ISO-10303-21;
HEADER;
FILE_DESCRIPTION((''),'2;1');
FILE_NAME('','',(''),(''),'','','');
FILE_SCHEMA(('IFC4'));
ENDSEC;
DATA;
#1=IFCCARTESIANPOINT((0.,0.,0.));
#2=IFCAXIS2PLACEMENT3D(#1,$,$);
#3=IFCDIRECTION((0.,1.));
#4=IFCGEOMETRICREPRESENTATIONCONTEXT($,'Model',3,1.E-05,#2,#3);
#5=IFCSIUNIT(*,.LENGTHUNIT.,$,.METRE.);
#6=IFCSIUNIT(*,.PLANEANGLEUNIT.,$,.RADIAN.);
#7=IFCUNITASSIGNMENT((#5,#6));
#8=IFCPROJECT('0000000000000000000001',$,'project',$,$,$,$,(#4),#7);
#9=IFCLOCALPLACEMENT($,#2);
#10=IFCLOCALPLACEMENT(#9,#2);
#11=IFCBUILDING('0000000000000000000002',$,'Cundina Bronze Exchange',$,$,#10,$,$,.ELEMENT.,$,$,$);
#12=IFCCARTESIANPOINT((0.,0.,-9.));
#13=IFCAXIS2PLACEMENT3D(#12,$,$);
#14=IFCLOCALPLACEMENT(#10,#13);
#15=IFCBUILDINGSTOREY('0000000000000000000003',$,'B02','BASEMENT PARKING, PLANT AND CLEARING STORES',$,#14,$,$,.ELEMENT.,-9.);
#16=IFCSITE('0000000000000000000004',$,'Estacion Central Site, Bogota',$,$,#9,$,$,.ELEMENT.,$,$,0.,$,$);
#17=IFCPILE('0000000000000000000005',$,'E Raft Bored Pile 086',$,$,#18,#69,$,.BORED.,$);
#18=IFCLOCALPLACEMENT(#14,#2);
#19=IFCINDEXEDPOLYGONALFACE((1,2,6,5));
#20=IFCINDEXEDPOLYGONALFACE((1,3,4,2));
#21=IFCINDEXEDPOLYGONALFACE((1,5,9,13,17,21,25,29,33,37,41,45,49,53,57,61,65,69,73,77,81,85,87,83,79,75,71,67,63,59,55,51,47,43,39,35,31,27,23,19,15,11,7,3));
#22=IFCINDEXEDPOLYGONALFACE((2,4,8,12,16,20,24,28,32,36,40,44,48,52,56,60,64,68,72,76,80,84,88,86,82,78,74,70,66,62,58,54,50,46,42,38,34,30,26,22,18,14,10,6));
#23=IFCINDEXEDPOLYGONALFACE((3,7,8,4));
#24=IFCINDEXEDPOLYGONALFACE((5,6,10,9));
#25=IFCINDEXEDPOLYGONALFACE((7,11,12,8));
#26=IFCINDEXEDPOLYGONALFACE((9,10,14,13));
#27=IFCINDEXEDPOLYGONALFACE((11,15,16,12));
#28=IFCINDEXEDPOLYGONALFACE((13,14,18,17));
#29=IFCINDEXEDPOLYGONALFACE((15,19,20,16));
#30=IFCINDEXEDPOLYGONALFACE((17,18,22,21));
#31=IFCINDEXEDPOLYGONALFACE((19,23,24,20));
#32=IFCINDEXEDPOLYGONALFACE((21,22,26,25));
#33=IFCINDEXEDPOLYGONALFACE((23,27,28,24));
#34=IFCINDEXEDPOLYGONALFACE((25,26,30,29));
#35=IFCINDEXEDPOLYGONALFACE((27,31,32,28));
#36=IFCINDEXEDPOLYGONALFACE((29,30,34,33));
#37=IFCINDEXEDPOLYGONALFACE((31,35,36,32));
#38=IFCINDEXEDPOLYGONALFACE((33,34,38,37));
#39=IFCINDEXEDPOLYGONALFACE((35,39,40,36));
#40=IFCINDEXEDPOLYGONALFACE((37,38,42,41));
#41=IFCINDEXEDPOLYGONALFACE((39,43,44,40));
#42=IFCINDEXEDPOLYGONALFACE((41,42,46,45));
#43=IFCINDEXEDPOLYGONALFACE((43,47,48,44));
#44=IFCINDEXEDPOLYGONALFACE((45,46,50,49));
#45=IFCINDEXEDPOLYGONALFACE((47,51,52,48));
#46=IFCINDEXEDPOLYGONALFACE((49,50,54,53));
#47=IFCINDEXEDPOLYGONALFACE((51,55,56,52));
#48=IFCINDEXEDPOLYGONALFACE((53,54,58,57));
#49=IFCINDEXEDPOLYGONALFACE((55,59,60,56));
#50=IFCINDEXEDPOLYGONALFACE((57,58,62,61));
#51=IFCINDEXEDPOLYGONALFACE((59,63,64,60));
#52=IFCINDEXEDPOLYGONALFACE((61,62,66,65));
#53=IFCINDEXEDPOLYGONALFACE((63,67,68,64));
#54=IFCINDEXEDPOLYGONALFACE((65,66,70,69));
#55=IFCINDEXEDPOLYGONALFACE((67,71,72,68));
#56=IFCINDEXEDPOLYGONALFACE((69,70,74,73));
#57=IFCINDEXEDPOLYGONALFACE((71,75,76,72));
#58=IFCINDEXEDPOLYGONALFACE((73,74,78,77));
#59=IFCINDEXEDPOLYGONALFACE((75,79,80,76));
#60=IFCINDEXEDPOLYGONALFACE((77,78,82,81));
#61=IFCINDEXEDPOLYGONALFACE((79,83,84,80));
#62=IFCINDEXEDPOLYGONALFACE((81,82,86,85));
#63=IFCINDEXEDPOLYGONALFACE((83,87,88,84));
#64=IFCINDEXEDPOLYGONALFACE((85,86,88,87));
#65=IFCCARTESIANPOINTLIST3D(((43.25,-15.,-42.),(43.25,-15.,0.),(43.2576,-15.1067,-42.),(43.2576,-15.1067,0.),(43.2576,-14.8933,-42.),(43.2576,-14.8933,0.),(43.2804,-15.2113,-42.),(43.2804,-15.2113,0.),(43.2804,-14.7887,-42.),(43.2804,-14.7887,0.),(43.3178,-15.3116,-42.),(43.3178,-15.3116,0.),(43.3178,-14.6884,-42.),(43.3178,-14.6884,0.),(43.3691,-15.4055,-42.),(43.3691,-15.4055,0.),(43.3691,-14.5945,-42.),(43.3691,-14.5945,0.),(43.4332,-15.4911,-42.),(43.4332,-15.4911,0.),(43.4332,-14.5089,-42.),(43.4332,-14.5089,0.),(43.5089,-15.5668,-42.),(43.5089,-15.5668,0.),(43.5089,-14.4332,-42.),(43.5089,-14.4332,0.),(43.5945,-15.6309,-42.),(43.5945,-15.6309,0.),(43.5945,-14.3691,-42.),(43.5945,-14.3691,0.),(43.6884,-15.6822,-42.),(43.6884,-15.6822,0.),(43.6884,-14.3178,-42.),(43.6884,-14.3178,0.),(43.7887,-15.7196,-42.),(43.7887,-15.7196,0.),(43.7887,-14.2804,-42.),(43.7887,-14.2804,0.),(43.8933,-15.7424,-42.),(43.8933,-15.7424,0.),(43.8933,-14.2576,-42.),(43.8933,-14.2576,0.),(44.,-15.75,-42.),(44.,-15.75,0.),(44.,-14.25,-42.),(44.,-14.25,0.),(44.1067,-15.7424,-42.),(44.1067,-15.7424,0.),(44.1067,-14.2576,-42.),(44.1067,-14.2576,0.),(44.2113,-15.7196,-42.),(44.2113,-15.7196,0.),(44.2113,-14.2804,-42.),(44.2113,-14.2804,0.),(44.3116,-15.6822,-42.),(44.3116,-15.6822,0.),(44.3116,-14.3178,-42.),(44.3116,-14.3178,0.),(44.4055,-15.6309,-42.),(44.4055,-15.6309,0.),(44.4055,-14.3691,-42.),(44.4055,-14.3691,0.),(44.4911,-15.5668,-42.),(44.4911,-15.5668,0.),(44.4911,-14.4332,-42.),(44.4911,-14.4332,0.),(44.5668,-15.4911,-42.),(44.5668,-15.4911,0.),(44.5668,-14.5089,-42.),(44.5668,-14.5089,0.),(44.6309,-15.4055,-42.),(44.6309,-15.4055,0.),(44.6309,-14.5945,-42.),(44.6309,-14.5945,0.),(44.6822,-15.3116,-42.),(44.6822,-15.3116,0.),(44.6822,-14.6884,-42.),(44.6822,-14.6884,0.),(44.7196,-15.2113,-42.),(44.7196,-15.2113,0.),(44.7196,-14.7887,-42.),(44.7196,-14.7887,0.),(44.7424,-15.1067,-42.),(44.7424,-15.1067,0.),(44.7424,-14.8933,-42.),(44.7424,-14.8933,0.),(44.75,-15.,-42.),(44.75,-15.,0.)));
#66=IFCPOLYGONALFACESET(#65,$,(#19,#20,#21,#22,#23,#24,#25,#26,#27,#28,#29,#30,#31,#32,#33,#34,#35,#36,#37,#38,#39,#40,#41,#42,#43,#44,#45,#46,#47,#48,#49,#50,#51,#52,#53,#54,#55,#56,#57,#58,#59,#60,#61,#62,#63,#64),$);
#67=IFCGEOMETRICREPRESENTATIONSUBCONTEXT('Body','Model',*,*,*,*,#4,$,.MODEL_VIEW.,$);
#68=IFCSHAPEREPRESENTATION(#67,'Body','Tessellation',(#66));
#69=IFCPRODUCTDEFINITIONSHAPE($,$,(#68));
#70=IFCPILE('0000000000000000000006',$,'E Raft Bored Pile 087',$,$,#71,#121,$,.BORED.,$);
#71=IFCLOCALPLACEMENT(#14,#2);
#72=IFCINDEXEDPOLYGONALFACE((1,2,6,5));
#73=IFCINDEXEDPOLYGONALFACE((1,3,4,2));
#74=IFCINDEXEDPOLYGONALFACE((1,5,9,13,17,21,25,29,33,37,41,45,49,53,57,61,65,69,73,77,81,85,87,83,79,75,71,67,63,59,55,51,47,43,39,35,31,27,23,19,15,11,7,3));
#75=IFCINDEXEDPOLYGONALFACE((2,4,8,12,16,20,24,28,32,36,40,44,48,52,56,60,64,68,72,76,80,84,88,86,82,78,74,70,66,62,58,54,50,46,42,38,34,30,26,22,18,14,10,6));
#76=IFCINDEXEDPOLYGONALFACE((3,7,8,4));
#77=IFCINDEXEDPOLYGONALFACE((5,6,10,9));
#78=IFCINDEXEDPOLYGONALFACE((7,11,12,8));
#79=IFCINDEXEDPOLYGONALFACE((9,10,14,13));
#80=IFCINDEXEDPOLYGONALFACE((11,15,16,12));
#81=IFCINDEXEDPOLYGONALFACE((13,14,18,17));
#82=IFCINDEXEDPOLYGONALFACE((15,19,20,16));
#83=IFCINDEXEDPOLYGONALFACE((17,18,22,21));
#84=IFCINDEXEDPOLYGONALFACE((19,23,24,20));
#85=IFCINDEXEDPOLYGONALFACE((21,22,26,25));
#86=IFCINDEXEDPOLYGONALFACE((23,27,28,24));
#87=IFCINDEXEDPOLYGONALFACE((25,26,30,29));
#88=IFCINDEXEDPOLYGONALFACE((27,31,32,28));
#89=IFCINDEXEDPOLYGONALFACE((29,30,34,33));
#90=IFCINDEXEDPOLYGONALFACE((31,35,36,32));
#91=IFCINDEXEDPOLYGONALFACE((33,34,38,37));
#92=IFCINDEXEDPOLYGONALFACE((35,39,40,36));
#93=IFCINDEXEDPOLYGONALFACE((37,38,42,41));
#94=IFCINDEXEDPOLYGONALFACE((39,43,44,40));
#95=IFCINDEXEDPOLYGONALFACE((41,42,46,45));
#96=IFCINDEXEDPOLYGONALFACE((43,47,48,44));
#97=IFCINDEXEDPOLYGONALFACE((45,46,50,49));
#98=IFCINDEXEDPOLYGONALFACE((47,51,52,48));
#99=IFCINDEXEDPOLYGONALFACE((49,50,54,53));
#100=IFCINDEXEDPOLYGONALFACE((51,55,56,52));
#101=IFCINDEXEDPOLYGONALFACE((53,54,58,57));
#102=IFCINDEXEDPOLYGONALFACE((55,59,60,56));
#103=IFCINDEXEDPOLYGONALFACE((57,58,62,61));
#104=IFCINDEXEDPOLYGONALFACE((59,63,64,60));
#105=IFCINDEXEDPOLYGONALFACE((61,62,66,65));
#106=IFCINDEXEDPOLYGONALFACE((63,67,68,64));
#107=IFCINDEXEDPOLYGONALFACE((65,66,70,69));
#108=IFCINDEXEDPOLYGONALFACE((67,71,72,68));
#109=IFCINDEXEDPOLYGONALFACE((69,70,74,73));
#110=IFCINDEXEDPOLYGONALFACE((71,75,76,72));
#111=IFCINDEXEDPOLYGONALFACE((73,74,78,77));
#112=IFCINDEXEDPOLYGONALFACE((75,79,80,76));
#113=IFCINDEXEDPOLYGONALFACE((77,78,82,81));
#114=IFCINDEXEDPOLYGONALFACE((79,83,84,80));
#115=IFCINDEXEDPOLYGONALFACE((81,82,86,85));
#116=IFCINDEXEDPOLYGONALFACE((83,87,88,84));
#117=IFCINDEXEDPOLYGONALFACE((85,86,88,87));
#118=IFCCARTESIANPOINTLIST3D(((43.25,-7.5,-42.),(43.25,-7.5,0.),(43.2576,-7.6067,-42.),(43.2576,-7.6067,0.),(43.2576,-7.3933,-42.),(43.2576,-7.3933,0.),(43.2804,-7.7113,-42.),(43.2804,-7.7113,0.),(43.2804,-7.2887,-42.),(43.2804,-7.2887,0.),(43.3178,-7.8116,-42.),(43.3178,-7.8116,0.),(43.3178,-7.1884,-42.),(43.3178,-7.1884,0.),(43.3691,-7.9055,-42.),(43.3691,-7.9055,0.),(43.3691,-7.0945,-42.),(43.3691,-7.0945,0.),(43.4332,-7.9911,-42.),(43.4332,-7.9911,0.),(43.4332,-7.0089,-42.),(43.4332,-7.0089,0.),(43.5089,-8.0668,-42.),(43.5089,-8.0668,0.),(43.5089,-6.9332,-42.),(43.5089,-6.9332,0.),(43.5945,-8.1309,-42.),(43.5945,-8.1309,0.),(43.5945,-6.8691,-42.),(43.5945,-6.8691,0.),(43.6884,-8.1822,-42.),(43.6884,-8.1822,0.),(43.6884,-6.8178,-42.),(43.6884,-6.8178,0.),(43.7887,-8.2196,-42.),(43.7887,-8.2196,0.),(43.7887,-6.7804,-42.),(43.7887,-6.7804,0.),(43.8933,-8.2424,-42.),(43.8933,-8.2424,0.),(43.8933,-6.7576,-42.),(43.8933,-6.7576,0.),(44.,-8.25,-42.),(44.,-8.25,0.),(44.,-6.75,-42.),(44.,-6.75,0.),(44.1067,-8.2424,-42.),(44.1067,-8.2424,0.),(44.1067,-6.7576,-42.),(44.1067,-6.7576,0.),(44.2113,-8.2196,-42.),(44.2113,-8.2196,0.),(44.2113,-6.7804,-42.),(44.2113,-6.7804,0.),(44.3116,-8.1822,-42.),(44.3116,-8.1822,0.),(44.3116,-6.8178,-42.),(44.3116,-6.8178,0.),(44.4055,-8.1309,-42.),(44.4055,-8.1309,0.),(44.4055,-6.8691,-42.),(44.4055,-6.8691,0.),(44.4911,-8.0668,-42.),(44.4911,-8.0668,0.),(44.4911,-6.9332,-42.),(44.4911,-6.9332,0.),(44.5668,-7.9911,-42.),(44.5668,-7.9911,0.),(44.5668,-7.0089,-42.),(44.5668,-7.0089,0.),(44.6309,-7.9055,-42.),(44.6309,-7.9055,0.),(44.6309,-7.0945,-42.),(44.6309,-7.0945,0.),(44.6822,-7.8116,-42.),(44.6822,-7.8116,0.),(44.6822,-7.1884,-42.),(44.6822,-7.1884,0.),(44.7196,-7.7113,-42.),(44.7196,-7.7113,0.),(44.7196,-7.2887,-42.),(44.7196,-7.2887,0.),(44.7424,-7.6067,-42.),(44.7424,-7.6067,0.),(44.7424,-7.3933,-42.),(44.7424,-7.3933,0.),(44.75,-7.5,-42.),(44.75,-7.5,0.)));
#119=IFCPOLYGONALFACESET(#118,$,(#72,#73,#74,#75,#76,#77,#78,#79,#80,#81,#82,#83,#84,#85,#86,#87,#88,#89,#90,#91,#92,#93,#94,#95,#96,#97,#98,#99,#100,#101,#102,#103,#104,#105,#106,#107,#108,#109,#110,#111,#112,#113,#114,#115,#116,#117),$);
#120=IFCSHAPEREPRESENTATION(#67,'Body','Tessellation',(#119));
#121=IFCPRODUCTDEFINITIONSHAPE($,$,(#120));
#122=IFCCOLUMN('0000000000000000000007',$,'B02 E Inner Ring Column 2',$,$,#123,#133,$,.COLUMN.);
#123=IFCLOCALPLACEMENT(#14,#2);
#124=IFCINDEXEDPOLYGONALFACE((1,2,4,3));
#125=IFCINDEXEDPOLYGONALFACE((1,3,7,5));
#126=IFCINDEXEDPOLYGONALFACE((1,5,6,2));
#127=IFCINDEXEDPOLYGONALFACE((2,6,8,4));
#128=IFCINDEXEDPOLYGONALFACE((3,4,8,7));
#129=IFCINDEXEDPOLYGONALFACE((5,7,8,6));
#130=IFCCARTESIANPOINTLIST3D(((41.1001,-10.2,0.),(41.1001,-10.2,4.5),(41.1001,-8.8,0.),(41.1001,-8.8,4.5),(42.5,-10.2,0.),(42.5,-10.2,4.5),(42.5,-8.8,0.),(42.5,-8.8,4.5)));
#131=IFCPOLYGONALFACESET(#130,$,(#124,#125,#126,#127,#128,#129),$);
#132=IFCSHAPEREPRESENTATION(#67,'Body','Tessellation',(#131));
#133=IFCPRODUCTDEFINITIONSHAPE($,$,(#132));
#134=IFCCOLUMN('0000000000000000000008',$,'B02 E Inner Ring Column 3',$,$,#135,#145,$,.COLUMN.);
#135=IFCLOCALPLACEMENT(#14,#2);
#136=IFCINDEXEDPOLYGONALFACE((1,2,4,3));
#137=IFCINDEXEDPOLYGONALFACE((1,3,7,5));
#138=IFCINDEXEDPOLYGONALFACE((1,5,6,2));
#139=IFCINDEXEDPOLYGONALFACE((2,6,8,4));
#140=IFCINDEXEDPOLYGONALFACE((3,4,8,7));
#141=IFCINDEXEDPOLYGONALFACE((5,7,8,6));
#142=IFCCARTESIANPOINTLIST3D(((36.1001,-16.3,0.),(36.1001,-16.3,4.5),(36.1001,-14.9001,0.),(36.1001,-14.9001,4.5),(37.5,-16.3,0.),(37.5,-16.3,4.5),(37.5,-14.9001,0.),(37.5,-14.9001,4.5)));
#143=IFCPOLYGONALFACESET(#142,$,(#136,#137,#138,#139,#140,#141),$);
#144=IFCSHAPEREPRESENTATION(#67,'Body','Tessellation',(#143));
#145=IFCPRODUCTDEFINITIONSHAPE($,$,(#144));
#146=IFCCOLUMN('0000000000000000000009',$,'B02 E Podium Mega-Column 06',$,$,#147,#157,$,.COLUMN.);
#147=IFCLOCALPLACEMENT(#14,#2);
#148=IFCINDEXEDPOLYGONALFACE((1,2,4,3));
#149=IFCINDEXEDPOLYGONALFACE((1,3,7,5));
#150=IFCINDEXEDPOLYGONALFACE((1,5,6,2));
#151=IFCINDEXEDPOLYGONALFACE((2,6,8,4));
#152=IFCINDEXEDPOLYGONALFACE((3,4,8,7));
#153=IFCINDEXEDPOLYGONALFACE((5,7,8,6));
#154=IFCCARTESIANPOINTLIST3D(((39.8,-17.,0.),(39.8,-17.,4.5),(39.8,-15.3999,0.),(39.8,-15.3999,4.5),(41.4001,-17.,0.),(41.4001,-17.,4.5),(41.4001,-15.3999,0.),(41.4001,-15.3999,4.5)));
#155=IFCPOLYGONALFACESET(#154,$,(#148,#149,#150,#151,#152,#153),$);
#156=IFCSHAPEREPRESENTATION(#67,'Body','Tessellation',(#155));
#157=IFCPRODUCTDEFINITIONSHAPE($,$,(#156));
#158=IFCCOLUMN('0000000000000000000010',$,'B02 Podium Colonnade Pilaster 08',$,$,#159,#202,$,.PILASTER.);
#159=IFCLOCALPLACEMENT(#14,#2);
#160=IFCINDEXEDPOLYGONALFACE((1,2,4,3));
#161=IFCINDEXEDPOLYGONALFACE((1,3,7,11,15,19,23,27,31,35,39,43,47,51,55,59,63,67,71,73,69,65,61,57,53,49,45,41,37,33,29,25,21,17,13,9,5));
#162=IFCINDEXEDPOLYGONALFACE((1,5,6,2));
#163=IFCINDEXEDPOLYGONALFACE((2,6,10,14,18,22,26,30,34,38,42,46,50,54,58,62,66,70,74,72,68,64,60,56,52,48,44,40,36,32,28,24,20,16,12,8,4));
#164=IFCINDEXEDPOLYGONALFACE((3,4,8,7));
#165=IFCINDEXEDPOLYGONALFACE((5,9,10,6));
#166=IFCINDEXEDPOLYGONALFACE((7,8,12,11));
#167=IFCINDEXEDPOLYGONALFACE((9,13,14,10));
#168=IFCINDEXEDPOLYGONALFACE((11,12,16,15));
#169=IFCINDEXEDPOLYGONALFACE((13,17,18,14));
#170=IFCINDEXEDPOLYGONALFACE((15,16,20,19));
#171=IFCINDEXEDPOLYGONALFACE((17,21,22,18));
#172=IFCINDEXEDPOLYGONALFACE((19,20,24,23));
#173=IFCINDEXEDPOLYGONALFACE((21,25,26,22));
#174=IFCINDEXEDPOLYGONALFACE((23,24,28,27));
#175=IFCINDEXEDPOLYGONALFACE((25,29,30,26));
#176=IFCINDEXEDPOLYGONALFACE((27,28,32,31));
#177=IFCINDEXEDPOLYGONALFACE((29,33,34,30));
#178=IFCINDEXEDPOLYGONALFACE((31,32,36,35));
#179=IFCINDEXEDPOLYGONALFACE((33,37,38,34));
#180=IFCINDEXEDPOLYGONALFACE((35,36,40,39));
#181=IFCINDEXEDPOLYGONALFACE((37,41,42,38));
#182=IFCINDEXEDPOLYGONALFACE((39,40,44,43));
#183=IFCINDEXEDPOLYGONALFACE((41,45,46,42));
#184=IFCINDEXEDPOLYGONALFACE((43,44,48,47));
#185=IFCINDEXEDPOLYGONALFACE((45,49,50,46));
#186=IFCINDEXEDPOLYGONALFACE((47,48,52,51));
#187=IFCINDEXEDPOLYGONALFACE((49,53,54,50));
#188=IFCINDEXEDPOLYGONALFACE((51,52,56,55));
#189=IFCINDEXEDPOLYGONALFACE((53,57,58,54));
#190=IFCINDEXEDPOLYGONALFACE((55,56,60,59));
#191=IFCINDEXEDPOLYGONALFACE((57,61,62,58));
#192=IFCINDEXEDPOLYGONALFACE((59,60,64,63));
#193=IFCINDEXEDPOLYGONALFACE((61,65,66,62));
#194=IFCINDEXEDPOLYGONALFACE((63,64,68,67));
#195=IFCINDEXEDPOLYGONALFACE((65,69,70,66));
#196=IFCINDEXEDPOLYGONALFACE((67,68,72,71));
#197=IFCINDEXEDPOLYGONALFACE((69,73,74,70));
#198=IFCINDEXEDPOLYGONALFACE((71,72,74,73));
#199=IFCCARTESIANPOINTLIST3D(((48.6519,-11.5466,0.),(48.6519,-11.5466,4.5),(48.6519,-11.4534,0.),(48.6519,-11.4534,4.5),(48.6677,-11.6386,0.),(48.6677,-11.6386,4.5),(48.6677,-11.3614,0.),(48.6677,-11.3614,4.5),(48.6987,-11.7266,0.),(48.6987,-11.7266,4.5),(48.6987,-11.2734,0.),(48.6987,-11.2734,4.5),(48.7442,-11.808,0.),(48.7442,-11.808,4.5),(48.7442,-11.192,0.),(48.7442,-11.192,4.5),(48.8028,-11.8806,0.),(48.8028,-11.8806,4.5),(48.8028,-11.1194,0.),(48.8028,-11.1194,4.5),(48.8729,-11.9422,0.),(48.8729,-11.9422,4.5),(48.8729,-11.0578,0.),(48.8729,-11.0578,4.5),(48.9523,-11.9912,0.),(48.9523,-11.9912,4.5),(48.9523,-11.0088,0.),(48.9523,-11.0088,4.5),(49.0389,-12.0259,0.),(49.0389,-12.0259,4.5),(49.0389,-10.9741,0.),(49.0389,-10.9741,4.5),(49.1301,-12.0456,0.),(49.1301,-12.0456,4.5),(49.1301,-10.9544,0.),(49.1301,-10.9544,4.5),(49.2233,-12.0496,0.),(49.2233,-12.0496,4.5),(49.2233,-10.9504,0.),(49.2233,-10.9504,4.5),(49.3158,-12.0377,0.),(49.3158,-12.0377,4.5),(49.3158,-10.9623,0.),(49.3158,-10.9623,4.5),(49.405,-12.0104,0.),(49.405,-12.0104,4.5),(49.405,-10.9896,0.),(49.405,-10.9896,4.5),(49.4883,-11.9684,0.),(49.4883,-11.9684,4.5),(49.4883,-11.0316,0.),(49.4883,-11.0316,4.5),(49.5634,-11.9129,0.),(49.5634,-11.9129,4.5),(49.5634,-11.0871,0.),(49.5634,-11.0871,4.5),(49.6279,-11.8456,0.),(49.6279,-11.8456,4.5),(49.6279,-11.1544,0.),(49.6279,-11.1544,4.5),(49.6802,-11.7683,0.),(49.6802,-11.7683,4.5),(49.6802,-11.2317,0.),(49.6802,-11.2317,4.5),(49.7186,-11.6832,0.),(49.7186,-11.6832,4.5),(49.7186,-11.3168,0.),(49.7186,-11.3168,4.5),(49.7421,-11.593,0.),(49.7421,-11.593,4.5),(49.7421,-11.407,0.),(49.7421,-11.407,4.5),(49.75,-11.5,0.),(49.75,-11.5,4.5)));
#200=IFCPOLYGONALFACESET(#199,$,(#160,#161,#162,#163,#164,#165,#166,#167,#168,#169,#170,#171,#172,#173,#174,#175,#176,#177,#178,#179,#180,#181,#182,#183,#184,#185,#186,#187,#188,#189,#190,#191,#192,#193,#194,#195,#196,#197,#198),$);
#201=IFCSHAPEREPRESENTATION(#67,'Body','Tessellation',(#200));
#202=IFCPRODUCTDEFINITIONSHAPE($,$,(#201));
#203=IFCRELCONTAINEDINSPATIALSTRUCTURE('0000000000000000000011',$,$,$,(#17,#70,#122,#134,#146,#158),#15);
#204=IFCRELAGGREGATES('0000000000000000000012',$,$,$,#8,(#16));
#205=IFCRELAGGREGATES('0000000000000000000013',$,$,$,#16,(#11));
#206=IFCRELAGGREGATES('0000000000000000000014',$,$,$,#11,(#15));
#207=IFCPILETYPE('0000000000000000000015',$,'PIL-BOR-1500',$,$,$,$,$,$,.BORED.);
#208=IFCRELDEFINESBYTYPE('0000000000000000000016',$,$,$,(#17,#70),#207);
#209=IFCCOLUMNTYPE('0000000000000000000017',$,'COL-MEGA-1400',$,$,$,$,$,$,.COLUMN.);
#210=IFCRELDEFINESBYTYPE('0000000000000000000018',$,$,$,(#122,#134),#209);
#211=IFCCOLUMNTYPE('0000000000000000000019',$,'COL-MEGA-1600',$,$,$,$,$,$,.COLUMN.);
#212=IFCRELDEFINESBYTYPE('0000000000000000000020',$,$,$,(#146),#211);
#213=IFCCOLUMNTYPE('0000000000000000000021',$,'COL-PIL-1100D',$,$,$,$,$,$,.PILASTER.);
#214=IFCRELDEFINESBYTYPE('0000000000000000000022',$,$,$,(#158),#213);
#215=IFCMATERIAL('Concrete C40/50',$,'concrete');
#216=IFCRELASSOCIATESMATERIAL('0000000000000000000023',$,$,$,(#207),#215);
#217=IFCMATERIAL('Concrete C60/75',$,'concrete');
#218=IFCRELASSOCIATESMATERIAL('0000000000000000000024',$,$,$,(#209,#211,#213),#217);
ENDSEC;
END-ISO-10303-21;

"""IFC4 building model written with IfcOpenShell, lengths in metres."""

from ifc_helpers import new_model, si_unit, direction, frame, origin, origin_2d, place, context, subcontext, project, spatial, rectangle, circle, extrude, material, material_profile, profile_set, type_object, element, save


model = new_model("IFC4")

# Units and contexts
model_context = context("Model", 3, precision=1e-05, world=origin(), true_north=direction((0.0, 1.0)))
body_context = subcontext(model_context, "Body", "Model", "MODEL_VIEW")
ifc_project = project(units=[si_unit("LENGTHUNIT", "METRE"), si_unit("PLANEANGLEUNIT", "RADIAN")], contexts=[model_context])

# Site, building, storey
site_placement = place(None, origin())
site = spatial("IfcSite", under=ifc_project, at=site_placement, Name="Estacion Central Site, Bogota", CompositionType="ELEMENT", RefElevation=0.0)
building_placement = place(site_placement, origin())
building = spatial("IfcBuilding", under=site, at=building_placement, Name="Cundina Bronze Exchange", CompositionType="ELEMENT")
storey_placement = place(building_placement, frame((0.0, 0.0, -9.0)))
storey = spatial("IfcBuildingStorey", under=building, at=storey_placement, Name="B02", Description="BASEMENT PARKING, PLANT AND CLEARING STORES", CompositionType="ELEMENT", Elevation=-9.0)

# Shared definitions
ifc_material_1 = material(Name="Concrete C40/50", Category="concrete")

# Piles
ifc_material_profile_1 = material_profile(ifc_material_1, circle(Radius=0.75, at=origin_2d()), Name="PILE1500D", Category="concrete")
ifc_profile_set_1 = profile_set([ifc_material_profile_1], Name="Concrete C40/50")
pile_type_1 = type_object("IfcPileType", Name="PIL-BOR-1500", PredefinedType="BORED", material=ifc_profile_set_1)
for number, where, z_axis, x_axis, name in (
    (1, (44.0, -15.0, 0.0), (0.0, 0.0, -1.0), (1.0, 0.0, 0.0), "E Raft Bored Pile 086"),
    (2, (44.0, -7.5, 0.0), (0.0, 0.0, -1.0), (1.0, 0.0, 0.0), "E Raft Bored Pile 087"),
):
    element("IfcPile", number, at=place(storey_placement, frame(where, z_axis=z_axis, x_axis=x_axis)), inside=storey, type_object=pile_type_1, Name=name, PredefinedType="BORED", context=body_context, shape_type="SweptSolid", body=[
        extrude(circle(Radius=0.75, at=origin_2d()), origin(), (0.0, 0.0, 1.0), 42.0),
    ])

# Columns
ifc_material_2 = material(Name="Concrete C60/75", Category="concrete")
ifc_material_profile_2 = material_profile(ifc_material_2, rectangle(XDim=1.3999, YDim=1.3999, at=origin_2d()), Name="RC1400X1400", Category="concrete")
ifc_profile_set_2 = profile_set([ifc_material_profile_2], Name="Concrete C60/75")
column_type_1 = type_object("IfcColumnType", Name="COL-MEGA-1400", PredefinedType="COLUMN", material=ifc_profile_set_2)
for number, where, z_axis, x_axis, name in (
    (3, (41.8, -9.5, 0.0), (0.0, 0.0, 1.0), (1.0, 0.0, 0.0), "B02 E Inner Ring Column 2"),
    (4, (36.8, -15.6001, 0.0), (0.0, 0.0, 1.0), (1.0, 0.0, 0.0), "B02 E Inner Ring Column 3"),
):
    element("IfcColumn", number, at=place(storey_placement, frame(where, z_axis=z_axis, x_axis=x_axis)), inside=storey, type_object=column_type_1, Name=name, PredefinedType="COLUMN", context=body_context, shape_type="SweptSolid", body=[
        extrude(rectangle(XDim=1.3999, YDim=1.3999, at=origin_2d()), origin(), (0.0, 0.0, 1.0), 4.5),
    ])
ifc_material_profile_3 = material_profile(ifc_material_2, rectangle(XDim=1.6001, YDim=1.6001, at=origin_2d()), Name="RC1600X1600", Category="concrete")
ifc_profile_set_3 = profile_set([ifc_material_profile_3], Name="Concrete C60/75")
column_type_2 = type_object("IfcColumnType", Name="COL-MEGA-1600", PredefinedType="COLUMN", material=ifc_profile_set_3)
column_1_placement = place(storey_placement, frame((40.6001, -16.2, 0.0), z_axis=(0.0, 0.0, 1.0), x_axis=(1.0, 0.0, 0.0)))
element("IfcColumn", 5, at=column_1_placement, inside=storey, type_object=column_type_2, Name="B02 E Podium Mega-Column 06", PredefinedType="COLUMN", context=body_context, shape_type="SweptSolid", body=[
    extrude(rectangle(XDim=1.6001, YDim=1.6001, at=origin_2d()), origin(), (0.0, 0.0, 1.0), 4.5),
])
ifc_material_profile_4 = material_profile(ifc_material_2, circle(Radius=0.55, at=origin_2d()), Name="RC1100D", Category="concrete")
ifc_profile_set_4 = profile_set([ifc_material_profile_4], Name="Concrete C60/75")
column_type_3 = type_object("IfcColumnType", Name="COL-PIL-1100D", PredefinedType="PILASTER", material=ifc_profile_set_4)
column_2_placement = place(storey_placement, frame((49.2, -11.5, 0.0), z_axis=(0.0, 0.0, 1.0), x_axis=(1.0, 0.0, 0.0)))
element("IfcColumn", 6, at=column_2_placement, inside=storey, type_object=column_type_3, Name="B02 Podium Colonnade Pilaster 08", PredefinedType="PILASTER", context=body_context, shape_type="SweptSolid", body=[
    extrude(circle(Radius=0.55, at=origin_2d()), origin(), (0.0, 0.0, 1.0), 4.5),
])

save(model, "model.ifc")
